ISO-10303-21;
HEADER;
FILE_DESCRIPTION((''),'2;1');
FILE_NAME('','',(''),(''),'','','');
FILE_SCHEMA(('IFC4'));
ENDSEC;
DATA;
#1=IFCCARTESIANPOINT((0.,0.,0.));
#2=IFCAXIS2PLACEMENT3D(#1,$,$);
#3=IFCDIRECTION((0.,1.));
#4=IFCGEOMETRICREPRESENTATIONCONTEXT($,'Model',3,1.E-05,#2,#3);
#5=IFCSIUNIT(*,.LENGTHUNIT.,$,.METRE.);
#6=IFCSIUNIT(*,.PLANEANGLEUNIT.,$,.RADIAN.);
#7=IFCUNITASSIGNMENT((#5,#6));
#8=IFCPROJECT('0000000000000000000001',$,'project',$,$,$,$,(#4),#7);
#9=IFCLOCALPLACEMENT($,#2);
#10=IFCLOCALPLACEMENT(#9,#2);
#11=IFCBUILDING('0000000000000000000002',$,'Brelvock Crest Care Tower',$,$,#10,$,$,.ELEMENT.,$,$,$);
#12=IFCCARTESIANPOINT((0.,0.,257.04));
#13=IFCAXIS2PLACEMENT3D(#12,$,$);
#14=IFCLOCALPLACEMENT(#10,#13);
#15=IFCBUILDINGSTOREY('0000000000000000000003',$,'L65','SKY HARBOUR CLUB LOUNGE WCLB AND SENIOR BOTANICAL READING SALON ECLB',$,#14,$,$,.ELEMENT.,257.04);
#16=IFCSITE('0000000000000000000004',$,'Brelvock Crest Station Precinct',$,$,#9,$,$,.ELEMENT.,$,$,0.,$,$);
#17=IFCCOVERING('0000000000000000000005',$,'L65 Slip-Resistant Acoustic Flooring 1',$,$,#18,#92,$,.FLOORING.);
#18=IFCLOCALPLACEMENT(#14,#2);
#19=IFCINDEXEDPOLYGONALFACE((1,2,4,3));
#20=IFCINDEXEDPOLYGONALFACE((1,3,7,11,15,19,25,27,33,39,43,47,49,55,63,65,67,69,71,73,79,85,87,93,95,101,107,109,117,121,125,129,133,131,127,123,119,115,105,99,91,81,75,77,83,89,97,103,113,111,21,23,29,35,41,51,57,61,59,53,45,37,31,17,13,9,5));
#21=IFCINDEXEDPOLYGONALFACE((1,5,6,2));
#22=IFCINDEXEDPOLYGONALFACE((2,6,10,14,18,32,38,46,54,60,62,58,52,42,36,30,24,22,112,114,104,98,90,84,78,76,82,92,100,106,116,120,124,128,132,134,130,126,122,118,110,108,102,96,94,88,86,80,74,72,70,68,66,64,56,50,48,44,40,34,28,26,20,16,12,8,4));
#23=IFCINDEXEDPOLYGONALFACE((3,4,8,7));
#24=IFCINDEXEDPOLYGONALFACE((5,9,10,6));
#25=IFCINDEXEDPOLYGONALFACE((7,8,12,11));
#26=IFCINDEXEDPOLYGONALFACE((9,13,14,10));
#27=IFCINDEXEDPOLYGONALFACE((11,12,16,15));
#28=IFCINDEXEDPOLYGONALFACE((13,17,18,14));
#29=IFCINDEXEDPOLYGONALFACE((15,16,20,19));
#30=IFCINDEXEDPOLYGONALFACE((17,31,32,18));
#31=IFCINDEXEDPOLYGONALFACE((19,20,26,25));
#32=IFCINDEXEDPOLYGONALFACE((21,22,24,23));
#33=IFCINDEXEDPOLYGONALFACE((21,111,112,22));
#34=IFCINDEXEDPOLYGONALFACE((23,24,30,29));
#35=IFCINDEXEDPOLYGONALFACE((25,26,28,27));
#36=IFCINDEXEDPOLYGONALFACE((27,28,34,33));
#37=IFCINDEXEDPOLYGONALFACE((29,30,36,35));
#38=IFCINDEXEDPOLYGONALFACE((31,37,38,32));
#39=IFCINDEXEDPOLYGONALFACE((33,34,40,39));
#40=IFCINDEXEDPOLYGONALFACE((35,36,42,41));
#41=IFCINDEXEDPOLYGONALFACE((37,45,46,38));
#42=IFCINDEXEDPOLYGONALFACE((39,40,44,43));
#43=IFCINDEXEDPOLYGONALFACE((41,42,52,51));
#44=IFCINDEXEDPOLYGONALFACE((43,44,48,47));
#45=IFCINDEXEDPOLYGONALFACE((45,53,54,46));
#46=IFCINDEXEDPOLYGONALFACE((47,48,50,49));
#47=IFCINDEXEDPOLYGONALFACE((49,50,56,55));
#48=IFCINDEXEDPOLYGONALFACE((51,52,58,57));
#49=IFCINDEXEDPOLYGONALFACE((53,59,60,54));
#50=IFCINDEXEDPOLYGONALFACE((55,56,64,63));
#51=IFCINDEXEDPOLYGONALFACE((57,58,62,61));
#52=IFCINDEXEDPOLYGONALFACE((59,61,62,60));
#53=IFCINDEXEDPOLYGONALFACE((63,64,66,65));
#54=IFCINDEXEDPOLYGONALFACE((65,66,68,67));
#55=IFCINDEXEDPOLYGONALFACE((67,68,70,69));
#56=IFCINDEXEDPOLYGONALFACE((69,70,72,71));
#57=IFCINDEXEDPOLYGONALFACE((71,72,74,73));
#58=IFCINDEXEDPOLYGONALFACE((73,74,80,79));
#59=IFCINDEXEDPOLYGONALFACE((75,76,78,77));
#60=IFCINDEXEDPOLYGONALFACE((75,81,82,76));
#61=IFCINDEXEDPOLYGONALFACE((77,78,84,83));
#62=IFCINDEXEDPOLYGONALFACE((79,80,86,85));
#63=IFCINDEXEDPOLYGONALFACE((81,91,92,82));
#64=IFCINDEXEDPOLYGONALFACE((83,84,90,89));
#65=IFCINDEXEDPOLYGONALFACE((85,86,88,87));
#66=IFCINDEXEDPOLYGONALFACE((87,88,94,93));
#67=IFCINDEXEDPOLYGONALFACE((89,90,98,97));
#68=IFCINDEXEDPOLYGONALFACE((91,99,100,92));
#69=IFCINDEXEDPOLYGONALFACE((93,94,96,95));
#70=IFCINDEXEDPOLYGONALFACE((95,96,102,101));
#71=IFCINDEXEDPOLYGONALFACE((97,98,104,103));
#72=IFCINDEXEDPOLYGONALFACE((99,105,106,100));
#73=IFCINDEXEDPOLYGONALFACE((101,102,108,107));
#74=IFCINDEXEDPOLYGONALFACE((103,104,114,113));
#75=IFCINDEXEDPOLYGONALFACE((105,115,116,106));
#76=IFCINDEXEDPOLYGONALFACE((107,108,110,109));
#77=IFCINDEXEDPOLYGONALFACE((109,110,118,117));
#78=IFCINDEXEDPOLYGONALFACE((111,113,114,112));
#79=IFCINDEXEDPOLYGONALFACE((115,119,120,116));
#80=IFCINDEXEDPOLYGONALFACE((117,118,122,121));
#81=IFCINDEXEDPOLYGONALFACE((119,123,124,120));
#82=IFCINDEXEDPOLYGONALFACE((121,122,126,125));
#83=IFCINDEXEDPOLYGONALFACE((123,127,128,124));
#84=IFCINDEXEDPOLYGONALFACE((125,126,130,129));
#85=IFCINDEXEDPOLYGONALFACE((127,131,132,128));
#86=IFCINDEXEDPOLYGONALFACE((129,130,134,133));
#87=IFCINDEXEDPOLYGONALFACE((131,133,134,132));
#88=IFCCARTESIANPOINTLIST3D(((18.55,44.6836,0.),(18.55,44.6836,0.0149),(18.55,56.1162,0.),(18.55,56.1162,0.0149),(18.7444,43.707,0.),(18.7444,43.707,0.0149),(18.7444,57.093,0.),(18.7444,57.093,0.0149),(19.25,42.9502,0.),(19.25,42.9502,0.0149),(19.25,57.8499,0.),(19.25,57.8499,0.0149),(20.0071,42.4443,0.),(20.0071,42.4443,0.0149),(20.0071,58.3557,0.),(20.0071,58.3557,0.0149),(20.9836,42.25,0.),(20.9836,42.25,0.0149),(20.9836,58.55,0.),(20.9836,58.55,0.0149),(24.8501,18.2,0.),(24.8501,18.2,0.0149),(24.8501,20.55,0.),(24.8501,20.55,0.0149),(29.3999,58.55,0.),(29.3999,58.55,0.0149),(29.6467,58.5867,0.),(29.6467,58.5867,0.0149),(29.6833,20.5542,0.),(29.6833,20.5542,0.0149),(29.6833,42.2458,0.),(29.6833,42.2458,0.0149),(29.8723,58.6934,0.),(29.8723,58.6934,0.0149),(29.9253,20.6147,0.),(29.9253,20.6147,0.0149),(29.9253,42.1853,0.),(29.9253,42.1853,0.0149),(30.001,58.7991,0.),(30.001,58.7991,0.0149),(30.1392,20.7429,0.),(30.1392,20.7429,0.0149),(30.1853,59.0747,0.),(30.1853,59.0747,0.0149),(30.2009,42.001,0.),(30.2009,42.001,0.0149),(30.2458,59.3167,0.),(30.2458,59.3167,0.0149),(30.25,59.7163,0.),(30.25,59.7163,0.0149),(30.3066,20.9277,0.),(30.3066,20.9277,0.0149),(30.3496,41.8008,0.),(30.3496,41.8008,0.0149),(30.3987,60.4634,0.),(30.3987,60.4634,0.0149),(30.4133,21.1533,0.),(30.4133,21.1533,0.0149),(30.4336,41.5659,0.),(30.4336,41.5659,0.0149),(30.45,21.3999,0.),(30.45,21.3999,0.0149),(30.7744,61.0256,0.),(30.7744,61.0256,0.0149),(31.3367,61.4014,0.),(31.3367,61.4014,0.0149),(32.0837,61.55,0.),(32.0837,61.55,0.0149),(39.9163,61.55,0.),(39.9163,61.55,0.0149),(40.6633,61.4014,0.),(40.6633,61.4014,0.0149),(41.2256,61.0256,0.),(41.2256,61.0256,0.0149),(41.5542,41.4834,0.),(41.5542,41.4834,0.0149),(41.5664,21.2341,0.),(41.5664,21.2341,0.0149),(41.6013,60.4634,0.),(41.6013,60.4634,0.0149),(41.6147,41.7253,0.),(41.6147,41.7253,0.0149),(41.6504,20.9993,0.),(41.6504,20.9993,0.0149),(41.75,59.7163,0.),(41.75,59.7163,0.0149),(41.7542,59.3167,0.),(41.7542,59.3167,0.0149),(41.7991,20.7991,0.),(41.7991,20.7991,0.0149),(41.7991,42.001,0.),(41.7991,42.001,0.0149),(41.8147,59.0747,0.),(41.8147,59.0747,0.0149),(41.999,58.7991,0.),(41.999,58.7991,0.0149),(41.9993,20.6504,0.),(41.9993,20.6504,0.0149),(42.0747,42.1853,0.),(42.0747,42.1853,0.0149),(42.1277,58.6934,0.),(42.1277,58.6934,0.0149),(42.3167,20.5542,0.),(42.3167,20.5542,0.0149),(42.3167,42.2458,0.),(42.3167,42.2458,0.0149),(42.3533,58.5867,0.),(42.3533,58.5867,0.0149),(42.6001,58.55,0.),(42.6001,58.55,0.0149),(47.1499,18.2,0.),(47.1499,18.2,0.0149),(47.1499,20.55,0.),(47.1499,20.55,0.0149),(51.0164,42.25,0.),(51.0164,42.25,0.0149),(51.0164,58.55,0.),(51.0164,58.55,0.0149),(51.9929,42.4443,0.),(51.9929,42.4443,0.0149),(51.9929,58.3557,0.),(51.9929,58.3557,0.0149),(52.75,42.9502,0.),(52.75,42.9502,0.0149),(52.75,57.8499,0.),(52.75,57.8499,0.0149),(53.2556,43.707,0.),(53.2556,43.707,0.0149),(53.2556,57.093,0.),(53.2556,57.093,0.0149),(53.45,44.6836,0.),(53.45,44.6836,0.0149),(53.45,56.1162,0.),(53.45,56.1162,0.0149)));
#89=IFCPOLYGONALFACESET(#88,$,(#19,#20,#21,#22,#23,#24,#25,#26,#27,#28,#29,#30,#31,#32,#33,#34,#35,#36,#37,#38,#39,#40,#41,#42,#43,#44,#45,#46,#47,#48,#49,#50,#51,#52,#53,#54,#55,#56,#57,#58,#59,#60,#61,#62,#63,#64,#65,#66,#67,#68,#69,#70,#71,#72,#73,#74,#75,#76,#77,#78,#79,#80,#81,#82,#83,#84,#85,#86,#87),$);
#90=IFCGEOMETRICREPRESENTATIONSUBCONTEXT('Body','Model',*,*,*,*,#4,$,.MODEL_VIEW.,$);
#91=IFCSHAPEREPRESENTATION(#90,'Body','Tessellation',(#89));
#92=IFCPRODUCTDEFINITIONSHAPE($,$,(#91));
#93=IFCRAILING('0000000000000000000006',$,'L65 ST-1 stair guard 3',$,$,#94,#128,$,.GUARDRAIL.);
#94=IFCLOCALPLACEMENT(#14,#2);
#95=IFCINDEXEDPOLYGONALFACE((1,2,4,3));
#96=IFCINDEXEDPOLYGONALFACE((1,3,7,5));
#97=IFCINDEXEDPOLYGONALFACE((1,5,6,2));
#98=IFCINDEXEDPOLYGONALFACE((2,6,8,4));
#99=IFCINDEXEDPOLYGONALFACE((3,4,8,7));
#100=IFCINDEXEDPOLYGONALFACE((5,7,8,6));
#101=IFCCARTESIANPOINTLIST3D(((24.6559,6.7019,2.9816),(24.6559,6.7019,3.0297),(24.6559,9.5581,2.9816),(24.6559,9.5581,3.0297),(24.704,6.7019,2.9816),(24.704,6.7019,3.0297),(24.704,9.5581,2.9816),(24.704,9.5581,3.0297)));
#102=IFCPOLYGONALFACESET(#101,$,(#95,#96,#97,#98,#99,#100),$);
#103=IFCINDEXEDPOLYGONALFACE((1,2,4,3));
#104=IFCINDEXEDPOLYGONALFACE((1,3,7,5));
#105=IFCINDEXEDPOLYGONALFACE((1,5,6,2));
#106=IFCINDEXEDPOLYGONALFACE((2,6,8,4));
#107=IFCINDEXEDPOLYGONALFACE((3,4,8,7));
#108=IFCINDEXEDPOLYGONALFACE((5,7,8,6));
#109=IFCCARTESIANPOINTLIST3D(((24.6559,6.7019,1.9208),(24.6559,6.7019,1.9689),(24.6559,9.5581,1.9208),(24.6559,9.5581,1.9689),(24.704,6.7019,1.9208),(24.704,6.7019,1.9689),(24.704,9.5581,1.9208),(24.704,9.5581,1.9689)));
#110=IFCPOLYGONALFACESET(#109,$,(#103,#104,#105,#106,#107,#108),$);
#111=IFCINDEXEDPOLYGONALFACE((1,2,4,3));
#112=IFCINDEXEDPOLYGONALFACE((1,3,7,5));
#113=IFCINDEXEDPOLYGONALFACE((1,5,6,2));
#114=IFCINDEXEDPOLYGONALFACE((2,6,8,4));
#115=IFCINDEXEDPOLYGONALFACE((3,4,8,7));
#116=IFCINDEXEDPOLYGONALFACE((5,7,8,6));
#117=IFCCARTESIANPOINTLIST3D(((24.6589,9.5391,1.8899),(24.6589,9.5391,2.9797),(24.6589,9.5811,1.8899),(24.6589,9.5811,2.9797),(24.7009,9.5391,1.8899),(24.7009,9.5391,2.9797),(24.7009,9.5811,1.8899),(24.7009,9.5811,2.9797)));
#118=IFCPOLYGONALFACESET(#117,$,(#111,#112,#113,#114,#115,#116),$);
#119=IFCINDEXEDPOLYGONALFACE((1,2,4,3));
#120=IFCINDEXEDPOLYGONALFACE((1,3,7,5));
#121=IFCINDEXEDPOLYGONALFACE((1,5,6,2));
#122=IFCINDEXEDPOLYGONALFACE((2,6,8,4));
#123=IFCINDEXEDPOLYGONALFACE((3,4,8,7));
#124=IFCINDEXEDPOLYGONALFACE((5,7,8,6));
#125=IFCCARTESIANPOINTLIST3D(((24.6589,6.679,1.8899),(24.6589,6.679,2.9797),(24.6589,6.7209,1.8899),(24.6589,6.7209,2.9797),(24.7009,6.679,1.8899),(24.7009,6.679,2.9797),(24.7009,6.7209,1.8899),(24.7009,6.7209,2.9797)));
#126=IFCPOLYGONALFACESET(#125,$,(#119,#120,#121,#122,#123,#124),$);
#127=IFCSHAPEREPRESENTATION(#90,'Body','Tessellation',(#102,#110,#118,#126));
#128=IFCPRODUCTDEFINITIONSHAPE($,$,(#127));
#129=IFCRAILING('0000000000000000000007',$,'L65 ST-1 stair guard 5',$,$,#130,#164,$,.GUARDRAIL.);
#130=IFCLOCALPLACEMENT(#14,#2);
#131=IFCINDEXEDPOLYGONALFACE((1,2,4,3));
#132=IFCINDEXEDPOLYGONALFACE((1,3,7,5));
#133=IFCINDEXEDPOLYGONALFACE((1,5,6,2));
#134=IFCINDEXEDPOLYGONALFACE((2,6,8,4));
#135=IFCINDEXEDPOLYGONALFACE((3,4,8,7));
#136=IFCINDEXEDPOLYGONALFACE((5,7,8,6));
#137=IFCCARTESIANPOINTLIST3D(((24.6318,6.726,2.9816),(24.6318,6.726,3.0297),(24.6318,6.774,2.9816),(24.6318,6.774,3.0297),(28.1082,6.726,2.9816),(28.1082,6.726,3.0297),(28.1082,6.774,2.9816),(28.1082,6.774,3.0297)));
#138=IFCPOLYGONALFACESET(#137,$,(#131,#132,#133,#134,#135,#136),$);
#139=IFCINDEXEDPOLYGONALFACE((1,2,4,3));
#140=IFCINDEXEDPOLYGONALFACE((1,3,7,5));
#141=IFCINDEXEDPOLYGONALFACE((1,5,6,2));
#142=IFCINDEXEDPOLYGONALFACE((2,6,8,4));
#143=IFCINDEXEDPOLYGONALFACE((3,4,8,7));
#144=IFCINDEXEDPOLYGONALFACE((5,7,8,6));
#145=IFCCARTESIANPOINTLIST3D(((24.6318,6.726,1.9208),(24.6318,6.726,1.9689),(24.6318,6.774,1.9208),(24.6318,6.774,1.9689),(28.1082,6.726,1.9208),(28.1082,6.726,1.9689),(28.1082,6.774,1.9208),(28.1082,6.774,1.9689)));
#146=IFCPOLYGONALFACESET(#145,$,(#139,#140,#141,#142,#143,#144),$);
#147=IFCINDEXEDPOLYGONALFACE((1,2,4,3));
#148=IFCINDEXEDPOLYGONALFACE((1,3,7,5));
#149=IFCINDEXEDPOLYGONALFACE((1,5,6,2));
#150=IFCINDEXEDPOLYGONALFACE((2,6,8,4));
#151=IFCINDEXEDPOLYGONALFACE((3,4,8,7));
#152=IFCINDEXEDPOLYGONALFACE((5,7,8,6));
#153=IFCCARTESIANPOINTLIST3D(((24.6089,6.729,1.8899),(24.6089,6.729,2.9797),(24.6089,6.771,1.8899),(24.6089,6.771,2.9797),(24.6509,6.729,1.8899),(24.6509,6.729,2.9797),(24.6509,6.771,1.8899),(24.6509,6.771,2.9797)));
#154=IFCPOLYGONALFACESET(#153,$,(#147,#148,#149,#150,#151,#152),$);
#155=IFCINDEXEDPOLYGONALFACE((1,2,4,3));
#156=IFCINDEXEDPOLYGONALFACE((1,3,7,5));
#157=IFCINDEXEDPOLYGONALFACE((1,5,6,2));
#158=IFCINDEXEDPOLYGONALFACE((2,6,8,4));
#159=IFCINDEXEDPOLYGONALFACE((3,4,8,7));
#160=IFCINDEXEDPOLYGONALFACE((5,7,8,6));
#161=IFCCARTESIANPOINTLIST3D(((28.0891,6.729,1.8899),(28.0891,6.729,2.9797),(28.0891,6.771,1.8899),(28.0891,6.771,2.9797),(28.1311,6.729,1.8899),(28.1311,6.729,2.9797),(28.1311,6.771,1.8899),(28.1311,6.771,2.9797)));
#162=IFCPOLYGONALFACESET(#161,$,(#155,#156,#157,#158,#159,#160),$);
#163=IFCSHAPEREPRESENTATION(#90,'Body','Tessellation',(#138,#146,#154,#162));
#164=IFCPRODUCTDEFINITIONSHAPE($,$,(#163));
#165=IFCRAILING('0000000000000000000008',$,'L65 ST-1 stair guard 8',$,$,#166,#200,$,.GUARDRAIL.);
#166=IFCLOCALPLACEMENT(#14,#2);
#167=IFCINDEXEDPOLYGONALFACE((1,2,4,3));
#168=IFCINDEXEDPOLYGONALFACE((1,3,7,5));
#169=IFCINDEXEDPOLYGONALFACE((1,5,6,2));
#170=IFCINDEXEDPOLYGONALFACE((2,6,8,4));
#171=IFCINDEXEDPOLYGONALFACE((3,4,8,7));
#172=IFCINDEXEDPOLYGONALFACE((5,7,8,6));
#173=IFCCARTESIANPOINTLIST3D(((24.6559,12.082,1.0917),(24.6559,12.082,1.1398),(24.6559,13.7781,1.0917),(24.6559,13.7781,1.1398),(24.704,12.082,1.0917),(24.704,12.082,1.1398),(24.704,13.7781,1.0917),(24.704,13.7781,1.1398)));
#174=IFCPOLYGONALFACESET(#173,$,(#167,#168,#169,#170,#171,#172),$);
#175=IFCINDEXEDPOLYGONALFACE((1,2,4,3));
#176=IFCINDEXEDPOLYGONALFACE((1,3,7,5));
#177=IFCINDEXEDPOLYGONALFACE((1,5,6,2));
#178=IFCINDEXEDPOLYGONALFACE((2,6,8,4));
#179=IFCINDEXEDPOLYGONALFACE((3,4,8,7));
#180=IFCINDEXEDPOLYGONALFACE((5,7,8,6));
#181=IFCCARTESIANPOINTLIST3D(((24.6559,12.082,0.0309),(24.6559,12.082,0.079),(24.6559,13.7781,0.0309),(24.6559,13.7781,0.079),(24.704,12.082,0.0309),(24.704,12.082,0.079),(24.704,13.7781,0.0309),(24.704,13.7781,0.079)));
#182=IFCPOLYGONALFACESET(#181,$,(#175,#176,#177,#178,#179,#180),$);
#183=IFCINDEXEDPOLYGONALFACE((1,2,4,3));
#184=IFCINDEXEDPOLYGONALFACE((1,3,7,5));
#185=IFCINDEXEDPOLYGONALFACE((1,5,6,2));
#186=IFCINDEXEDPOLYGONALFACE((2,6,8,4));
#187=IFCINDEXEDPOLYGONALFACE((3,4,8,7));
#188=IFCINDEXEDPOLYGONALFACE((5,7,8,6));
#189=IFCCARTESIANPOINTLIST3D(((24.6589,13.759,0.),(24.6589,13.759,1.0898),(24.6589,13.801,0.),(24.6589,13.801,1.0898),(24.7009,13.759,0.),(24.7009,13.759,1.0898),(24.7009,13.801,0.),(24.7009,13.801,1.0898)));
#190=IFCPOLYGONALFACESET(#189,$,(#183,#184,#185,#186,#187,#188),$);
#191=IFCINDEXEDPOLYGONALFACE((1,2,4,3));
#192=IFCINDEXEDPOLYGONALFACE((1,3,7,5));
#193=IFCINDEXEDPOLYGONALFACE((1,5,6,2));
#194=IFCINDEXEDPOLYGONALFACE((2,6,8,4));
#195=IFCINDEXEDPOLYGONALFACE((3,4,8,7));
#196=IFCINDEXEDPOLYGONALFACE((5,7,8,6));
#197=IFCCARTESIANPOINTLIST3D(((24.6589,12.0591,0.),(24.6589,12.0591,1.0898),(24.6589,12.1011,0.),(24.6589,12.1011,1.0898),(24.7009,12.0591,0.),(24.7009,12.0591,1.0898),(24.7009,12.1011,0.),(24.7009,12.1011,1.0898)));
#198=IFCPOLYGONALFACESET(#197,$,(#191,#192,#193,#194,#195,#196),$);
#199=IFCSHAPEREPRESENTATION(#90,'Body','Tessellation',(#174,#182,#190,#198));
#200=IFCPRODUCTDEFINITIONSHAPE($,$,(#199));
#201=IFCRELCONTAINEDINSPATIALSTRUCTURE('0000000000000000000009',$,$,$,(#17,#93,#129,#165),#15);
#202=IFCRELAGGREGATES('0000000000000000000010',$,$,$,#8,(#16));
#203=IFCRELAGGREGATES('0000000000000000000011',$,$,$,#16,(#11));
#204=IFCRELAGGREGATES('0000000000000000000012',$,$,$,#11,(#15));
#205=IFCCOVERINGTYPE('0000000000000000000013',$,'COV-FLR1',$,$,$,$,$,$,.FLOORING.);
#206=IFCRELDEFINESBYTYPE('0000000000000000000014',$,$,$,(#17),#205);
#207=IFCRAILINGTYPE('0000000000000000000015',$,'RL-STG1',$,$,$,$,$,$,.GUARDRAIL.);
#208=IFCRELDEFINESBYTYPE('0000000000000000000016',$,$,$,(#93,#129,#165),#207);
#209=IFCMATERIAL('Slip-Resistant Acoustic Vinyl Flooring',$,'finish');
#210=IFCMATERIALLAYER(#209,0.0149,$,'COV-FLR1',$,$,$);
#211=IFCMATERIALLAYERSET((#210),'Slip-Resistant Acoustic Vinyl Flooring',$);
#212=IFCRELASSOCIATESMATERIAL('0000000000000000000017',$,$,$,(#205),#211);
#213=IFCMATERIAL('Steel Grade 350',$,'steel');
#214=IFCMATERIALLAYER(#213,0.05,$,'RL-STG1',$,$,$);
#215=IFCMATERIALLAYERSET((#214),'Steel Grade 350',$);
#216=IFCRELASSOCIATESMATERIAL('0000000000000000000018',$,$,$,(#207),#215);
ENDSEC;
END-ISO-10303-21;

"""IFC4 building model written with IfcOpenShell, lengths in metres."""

from ifc_helpers import new_model, si_unit, direction, frame, origin, origin_2d, place, context, subcontext, project, spatial, polyline, rectangle, outline, extrude, material, layer, layer_set, type_object, element, save


model = new_model("IFC4")

# Units and contexts
model_context = context("Model", 3, precision=1e-05, world=origin(), true_north=direction((0.0, 1.0)))
body_context = subcontext(model_context, "Body", "Model", "MODEL_VIEW")
ifc_project = project(units=[si_unit("LENGTHUNIT", "METRE"), si_unit("PLANEANGLEUNIT", "RADIAN")], contexts=[model_context])

# Site, building, storey
site_placement = place(None, origin())
site = spatial("IfcSite", under=ifc_project, at=site_placement, Name="Brelvock Crest Station Precinct", CompositionType="ELEMENT", RefElevation=0.0)
building_placement = place(site_placement, origin())
building = spatial("IfcBuilding", under=site, at=building_placement, Name="Brelvock Crest Care Tower", CompositionType="ELEMENT")
storey_placement = place(building_placement, frame((0.0, 0.0, 257.04)))
storey = spatial("IfcBuildingStorey", under=building, at=storey_placement, Name="L65", Description="SKY HARBOUR CLUB LOUNGE WCLB AND SENIOR BOTANICAL READING SALON ECLB", CompositionType="ELEMENT", Elevation=257.04)

# Shared definitions
ifc_material_1 = material(Name="Steel Grade 350", Category="steel")

# Covering
ifc_material_2 = material(Name="Slip-Resistant Acoustic Vinyl Flooring", Category="finish")
ifc_layer_1 = layer(ifc_material_2, 0.0149, Name="COV-FLR1")
ifc_layer_set_1 = layer_set([ifc_layer_1], Name="Slip-Resistant Acoustic Vinyl Flooring")
covering_type_1 = type_object("IfcCoveringType", Name="COV-FLR1", PredefinedType="FLOORING", material=ifc_layer_set_1)
covering_1_placement = place(storey_placement, origin())
element("IfcCovering", 1, at=covering_1_placement, inside=storey, type_object=covering_type_1, Name="L65 Slip-Resistant Acoustic Flooring 1", PredefinedType="FLOORING", context=body_context, shape_type="SweptSolid", body=[
    extrude(outline(polyline([(24.8501, 18.2), (47.1499, 18.2), (47.1499, 20.55), (42.3167, 20.5542), (41.9993, 20.6504), (41.7991, 20.7991), (41.6504, 20.9993), (41.5664, 21.2341), (41.5542, 41.4834), (41.6147, 41.7253), (41.7991, 42.001), (42.0747, 42.1853), (42.3167, 42.2458), (51.0164, 42.25), (51.9929, 42.4443), (52.75, 42.9502), (53.2556, 43.707), (53.45, 44.6836), (53.45, 56.1162), (53.2556, 57.093), (52.75, 57.8499), (51.9929, 58.3557), (51.0164, 58.55), (42.6001, 58.55), (42.3533, 58.5867), (42.1277, 58.6934), (41.999, 58.7991), (41.8147, 59.0747), (41.7542, 59.3167), (41.75, 59.7163), (41.6013, 60.4634), (41.2256, 61.0256), (40.6633, 61.4014), (39.9163, 61.55), (32.0837, 61.55), (31.3367, 61.4014), (30.7744, 61.0256), (30.3987, 60.4634), (30.25, 59.7163), (30.2458, 59.3167), (30.1853, 59.0747), (30.001, 58.7991), (29.8723, 58.6934), (29.6467, 58.5867), (29.3999, 58.55), (20.9836, 58.55), (20.0071, 58.3557), (19.25, 57.8499), (18.7444, 57.093), (18.55, 56.1162), (18.55, 44.6836), (18.7444, 43.707), (19.25, 42.9502), (20.0071, 42.4443), (20.9836, 42.25), (29.6833, 42.2458), (29.9253, 42.1853), (30.2009, 42.001), (30.3496, 41.8008), (30.4336, 41.5659), (30.45, 21.3999), (30.4133, 21.1533), (30.3066, 20.9277), (30.1392, 20.7429), (29.9253, 20.6147), (29.6833, 20.5542), (24.8501, 20.55), (24.8501, 18.2)])), origin(), (0.0, 0.0, 1.0), 0.0149),
])

# Railings
ifc_layer_2 = layer(ifc_material_1, 0.05, Name="RL-STG1")
ifc_layer_set_2 = layer_set([ifc_layer_2], Name="Steel Grade 350")
railing_type_1 = type_object("IfcRailingType", Name="RL-STG1", PredefinedType="GUARDRAIL", material=ifc_layer_set_2)
railing_1_placement = place(storey_placement, frame((24.6799, 9.5601, 1.8899)))
element("IfcRailing", 2, at=railing_1_placement, inside=storey, type_object=railing_type_1, Name="L65 ST-1 stair guard 3", PredefinedType="GUARDRAIL", context=body_context, shape_type="SweptSolid", body=[
    extrude(rectangle(XDim=0.0481, YDim=0.0481, at=origin_2d()), frame((0.0, -0.002, 1.1157), z_axis=(0.0, -1.0, 0.0), x_axis=(1.0, 0.0, 0.0)), (0.0, 0.0, 1.0), 2.8562),
    extrude(rectangle(XDim=0.0481, YDim=0.0481, at=origin_2d()), frame((0.0, -0.002, 0.0549), z_axis=(0.0, -1.0, 0.0), x_axis=(1.0, 0.0, 0.0)), (0.0, 0.0, 1.0), 2.8562),
    extrude(rectangle(XDim=0.042, YDim=0.042, at=origin_2d()), origin(), (0.0, 0.0, 1.0), 1.0898),
    extrude(rectangle(XDim=0.042, YDim=0.042, at=origin_2d()), frame((0.0, -2.8601, 0.0)), (0.0, 0.0, 1.0), 1.0898),
])
railing_2_placement = place(storey_placement, frame((24.6299, 6.75, 1.8899)))
element("IfcRailing", 3, at=railing_2_placement, inside=storey, type_object=railing_type_1, Name="L65 ST-1 stair guard 5", PredefinedType="GUARDRAIL", context=body_context, shape_type="SweptSolid", body=[
    extrude(rectangle(XDim=0.0481, YDim=0.0481, at=origin_2d()), frame((0.002, 0.0, 1.1157), z_axis=(1.0, 0.0, 0.0), x_axis=(0.0, 1.0, 0.0)), (0.0, 0.0, 1.0), 3.4763),
    extrude(rectangle(XDim=0.0481, YDim=0.0481, at=origin_2d()), frame((0.002, 0.0, 0.0549), z_axis=(1.0, 0.0, 0.0), x_axis=(0.0, 1.0, 0.0)), (0.0, 0.0, 1.0), 3.4763),
    extrude(rectangle(XDim=0.042, YDim=0.042, at=origin_2d()), origin(), (0.0, 0.0, 1.0), 1.0898),
    extrude(rectangle(XDim=0.042, YDim=0.042, at=origin_2d()), frame((3.4802, 0.0, 0.0)), (0.0, 0.0, 1.0), 1.0898),
])
railing_3_placement = place(storey_placement, frame((24.6799, 13.78, 0.0)))
element("IfcRailing", 4, at=railing_3_placement, inside=storey, type_object=railing_type_1, Name="L65 ST-1 stair guard 8", PredefinedType="GUARDRAIL", context=body_context, shape_type="SweptSolid", body=[
    extrude(rectangle(XDim=0.0481, YDim=0.0481, at=origin_2d()), frame((0.0, -0.002, 1.1157), z_axis=(0.0, -1.0, 0.0), x_axis=(1.0, 0.0, 0.0)), (0.0, 0.0, 1.0), 1.696),
    extrude(rectangle(XDim=0.0481, YDim=0.0481, at=origin_2d()), frame((0.0, -0.002, 0.0549), z_axis=(0.0, -1.0, 0.0), x_axis=(1.0, 0.0, 0.0)), (0.0, 0.0, 1.0), 1.696),
    extrude(rectangle(XDim=0.042, YDim=0.042, at=origin_2d()), origin(), (0.0, 0.0, 1.0), 1.0898),
    extrude(rectangle(XDim=0.042, YDim=0.042, at=origin_2d()), frame((0.0, -1.7, 0.0)), (0.0, 0.0, 1.0), 1.0898),
])

save(model, "model.ifc")
